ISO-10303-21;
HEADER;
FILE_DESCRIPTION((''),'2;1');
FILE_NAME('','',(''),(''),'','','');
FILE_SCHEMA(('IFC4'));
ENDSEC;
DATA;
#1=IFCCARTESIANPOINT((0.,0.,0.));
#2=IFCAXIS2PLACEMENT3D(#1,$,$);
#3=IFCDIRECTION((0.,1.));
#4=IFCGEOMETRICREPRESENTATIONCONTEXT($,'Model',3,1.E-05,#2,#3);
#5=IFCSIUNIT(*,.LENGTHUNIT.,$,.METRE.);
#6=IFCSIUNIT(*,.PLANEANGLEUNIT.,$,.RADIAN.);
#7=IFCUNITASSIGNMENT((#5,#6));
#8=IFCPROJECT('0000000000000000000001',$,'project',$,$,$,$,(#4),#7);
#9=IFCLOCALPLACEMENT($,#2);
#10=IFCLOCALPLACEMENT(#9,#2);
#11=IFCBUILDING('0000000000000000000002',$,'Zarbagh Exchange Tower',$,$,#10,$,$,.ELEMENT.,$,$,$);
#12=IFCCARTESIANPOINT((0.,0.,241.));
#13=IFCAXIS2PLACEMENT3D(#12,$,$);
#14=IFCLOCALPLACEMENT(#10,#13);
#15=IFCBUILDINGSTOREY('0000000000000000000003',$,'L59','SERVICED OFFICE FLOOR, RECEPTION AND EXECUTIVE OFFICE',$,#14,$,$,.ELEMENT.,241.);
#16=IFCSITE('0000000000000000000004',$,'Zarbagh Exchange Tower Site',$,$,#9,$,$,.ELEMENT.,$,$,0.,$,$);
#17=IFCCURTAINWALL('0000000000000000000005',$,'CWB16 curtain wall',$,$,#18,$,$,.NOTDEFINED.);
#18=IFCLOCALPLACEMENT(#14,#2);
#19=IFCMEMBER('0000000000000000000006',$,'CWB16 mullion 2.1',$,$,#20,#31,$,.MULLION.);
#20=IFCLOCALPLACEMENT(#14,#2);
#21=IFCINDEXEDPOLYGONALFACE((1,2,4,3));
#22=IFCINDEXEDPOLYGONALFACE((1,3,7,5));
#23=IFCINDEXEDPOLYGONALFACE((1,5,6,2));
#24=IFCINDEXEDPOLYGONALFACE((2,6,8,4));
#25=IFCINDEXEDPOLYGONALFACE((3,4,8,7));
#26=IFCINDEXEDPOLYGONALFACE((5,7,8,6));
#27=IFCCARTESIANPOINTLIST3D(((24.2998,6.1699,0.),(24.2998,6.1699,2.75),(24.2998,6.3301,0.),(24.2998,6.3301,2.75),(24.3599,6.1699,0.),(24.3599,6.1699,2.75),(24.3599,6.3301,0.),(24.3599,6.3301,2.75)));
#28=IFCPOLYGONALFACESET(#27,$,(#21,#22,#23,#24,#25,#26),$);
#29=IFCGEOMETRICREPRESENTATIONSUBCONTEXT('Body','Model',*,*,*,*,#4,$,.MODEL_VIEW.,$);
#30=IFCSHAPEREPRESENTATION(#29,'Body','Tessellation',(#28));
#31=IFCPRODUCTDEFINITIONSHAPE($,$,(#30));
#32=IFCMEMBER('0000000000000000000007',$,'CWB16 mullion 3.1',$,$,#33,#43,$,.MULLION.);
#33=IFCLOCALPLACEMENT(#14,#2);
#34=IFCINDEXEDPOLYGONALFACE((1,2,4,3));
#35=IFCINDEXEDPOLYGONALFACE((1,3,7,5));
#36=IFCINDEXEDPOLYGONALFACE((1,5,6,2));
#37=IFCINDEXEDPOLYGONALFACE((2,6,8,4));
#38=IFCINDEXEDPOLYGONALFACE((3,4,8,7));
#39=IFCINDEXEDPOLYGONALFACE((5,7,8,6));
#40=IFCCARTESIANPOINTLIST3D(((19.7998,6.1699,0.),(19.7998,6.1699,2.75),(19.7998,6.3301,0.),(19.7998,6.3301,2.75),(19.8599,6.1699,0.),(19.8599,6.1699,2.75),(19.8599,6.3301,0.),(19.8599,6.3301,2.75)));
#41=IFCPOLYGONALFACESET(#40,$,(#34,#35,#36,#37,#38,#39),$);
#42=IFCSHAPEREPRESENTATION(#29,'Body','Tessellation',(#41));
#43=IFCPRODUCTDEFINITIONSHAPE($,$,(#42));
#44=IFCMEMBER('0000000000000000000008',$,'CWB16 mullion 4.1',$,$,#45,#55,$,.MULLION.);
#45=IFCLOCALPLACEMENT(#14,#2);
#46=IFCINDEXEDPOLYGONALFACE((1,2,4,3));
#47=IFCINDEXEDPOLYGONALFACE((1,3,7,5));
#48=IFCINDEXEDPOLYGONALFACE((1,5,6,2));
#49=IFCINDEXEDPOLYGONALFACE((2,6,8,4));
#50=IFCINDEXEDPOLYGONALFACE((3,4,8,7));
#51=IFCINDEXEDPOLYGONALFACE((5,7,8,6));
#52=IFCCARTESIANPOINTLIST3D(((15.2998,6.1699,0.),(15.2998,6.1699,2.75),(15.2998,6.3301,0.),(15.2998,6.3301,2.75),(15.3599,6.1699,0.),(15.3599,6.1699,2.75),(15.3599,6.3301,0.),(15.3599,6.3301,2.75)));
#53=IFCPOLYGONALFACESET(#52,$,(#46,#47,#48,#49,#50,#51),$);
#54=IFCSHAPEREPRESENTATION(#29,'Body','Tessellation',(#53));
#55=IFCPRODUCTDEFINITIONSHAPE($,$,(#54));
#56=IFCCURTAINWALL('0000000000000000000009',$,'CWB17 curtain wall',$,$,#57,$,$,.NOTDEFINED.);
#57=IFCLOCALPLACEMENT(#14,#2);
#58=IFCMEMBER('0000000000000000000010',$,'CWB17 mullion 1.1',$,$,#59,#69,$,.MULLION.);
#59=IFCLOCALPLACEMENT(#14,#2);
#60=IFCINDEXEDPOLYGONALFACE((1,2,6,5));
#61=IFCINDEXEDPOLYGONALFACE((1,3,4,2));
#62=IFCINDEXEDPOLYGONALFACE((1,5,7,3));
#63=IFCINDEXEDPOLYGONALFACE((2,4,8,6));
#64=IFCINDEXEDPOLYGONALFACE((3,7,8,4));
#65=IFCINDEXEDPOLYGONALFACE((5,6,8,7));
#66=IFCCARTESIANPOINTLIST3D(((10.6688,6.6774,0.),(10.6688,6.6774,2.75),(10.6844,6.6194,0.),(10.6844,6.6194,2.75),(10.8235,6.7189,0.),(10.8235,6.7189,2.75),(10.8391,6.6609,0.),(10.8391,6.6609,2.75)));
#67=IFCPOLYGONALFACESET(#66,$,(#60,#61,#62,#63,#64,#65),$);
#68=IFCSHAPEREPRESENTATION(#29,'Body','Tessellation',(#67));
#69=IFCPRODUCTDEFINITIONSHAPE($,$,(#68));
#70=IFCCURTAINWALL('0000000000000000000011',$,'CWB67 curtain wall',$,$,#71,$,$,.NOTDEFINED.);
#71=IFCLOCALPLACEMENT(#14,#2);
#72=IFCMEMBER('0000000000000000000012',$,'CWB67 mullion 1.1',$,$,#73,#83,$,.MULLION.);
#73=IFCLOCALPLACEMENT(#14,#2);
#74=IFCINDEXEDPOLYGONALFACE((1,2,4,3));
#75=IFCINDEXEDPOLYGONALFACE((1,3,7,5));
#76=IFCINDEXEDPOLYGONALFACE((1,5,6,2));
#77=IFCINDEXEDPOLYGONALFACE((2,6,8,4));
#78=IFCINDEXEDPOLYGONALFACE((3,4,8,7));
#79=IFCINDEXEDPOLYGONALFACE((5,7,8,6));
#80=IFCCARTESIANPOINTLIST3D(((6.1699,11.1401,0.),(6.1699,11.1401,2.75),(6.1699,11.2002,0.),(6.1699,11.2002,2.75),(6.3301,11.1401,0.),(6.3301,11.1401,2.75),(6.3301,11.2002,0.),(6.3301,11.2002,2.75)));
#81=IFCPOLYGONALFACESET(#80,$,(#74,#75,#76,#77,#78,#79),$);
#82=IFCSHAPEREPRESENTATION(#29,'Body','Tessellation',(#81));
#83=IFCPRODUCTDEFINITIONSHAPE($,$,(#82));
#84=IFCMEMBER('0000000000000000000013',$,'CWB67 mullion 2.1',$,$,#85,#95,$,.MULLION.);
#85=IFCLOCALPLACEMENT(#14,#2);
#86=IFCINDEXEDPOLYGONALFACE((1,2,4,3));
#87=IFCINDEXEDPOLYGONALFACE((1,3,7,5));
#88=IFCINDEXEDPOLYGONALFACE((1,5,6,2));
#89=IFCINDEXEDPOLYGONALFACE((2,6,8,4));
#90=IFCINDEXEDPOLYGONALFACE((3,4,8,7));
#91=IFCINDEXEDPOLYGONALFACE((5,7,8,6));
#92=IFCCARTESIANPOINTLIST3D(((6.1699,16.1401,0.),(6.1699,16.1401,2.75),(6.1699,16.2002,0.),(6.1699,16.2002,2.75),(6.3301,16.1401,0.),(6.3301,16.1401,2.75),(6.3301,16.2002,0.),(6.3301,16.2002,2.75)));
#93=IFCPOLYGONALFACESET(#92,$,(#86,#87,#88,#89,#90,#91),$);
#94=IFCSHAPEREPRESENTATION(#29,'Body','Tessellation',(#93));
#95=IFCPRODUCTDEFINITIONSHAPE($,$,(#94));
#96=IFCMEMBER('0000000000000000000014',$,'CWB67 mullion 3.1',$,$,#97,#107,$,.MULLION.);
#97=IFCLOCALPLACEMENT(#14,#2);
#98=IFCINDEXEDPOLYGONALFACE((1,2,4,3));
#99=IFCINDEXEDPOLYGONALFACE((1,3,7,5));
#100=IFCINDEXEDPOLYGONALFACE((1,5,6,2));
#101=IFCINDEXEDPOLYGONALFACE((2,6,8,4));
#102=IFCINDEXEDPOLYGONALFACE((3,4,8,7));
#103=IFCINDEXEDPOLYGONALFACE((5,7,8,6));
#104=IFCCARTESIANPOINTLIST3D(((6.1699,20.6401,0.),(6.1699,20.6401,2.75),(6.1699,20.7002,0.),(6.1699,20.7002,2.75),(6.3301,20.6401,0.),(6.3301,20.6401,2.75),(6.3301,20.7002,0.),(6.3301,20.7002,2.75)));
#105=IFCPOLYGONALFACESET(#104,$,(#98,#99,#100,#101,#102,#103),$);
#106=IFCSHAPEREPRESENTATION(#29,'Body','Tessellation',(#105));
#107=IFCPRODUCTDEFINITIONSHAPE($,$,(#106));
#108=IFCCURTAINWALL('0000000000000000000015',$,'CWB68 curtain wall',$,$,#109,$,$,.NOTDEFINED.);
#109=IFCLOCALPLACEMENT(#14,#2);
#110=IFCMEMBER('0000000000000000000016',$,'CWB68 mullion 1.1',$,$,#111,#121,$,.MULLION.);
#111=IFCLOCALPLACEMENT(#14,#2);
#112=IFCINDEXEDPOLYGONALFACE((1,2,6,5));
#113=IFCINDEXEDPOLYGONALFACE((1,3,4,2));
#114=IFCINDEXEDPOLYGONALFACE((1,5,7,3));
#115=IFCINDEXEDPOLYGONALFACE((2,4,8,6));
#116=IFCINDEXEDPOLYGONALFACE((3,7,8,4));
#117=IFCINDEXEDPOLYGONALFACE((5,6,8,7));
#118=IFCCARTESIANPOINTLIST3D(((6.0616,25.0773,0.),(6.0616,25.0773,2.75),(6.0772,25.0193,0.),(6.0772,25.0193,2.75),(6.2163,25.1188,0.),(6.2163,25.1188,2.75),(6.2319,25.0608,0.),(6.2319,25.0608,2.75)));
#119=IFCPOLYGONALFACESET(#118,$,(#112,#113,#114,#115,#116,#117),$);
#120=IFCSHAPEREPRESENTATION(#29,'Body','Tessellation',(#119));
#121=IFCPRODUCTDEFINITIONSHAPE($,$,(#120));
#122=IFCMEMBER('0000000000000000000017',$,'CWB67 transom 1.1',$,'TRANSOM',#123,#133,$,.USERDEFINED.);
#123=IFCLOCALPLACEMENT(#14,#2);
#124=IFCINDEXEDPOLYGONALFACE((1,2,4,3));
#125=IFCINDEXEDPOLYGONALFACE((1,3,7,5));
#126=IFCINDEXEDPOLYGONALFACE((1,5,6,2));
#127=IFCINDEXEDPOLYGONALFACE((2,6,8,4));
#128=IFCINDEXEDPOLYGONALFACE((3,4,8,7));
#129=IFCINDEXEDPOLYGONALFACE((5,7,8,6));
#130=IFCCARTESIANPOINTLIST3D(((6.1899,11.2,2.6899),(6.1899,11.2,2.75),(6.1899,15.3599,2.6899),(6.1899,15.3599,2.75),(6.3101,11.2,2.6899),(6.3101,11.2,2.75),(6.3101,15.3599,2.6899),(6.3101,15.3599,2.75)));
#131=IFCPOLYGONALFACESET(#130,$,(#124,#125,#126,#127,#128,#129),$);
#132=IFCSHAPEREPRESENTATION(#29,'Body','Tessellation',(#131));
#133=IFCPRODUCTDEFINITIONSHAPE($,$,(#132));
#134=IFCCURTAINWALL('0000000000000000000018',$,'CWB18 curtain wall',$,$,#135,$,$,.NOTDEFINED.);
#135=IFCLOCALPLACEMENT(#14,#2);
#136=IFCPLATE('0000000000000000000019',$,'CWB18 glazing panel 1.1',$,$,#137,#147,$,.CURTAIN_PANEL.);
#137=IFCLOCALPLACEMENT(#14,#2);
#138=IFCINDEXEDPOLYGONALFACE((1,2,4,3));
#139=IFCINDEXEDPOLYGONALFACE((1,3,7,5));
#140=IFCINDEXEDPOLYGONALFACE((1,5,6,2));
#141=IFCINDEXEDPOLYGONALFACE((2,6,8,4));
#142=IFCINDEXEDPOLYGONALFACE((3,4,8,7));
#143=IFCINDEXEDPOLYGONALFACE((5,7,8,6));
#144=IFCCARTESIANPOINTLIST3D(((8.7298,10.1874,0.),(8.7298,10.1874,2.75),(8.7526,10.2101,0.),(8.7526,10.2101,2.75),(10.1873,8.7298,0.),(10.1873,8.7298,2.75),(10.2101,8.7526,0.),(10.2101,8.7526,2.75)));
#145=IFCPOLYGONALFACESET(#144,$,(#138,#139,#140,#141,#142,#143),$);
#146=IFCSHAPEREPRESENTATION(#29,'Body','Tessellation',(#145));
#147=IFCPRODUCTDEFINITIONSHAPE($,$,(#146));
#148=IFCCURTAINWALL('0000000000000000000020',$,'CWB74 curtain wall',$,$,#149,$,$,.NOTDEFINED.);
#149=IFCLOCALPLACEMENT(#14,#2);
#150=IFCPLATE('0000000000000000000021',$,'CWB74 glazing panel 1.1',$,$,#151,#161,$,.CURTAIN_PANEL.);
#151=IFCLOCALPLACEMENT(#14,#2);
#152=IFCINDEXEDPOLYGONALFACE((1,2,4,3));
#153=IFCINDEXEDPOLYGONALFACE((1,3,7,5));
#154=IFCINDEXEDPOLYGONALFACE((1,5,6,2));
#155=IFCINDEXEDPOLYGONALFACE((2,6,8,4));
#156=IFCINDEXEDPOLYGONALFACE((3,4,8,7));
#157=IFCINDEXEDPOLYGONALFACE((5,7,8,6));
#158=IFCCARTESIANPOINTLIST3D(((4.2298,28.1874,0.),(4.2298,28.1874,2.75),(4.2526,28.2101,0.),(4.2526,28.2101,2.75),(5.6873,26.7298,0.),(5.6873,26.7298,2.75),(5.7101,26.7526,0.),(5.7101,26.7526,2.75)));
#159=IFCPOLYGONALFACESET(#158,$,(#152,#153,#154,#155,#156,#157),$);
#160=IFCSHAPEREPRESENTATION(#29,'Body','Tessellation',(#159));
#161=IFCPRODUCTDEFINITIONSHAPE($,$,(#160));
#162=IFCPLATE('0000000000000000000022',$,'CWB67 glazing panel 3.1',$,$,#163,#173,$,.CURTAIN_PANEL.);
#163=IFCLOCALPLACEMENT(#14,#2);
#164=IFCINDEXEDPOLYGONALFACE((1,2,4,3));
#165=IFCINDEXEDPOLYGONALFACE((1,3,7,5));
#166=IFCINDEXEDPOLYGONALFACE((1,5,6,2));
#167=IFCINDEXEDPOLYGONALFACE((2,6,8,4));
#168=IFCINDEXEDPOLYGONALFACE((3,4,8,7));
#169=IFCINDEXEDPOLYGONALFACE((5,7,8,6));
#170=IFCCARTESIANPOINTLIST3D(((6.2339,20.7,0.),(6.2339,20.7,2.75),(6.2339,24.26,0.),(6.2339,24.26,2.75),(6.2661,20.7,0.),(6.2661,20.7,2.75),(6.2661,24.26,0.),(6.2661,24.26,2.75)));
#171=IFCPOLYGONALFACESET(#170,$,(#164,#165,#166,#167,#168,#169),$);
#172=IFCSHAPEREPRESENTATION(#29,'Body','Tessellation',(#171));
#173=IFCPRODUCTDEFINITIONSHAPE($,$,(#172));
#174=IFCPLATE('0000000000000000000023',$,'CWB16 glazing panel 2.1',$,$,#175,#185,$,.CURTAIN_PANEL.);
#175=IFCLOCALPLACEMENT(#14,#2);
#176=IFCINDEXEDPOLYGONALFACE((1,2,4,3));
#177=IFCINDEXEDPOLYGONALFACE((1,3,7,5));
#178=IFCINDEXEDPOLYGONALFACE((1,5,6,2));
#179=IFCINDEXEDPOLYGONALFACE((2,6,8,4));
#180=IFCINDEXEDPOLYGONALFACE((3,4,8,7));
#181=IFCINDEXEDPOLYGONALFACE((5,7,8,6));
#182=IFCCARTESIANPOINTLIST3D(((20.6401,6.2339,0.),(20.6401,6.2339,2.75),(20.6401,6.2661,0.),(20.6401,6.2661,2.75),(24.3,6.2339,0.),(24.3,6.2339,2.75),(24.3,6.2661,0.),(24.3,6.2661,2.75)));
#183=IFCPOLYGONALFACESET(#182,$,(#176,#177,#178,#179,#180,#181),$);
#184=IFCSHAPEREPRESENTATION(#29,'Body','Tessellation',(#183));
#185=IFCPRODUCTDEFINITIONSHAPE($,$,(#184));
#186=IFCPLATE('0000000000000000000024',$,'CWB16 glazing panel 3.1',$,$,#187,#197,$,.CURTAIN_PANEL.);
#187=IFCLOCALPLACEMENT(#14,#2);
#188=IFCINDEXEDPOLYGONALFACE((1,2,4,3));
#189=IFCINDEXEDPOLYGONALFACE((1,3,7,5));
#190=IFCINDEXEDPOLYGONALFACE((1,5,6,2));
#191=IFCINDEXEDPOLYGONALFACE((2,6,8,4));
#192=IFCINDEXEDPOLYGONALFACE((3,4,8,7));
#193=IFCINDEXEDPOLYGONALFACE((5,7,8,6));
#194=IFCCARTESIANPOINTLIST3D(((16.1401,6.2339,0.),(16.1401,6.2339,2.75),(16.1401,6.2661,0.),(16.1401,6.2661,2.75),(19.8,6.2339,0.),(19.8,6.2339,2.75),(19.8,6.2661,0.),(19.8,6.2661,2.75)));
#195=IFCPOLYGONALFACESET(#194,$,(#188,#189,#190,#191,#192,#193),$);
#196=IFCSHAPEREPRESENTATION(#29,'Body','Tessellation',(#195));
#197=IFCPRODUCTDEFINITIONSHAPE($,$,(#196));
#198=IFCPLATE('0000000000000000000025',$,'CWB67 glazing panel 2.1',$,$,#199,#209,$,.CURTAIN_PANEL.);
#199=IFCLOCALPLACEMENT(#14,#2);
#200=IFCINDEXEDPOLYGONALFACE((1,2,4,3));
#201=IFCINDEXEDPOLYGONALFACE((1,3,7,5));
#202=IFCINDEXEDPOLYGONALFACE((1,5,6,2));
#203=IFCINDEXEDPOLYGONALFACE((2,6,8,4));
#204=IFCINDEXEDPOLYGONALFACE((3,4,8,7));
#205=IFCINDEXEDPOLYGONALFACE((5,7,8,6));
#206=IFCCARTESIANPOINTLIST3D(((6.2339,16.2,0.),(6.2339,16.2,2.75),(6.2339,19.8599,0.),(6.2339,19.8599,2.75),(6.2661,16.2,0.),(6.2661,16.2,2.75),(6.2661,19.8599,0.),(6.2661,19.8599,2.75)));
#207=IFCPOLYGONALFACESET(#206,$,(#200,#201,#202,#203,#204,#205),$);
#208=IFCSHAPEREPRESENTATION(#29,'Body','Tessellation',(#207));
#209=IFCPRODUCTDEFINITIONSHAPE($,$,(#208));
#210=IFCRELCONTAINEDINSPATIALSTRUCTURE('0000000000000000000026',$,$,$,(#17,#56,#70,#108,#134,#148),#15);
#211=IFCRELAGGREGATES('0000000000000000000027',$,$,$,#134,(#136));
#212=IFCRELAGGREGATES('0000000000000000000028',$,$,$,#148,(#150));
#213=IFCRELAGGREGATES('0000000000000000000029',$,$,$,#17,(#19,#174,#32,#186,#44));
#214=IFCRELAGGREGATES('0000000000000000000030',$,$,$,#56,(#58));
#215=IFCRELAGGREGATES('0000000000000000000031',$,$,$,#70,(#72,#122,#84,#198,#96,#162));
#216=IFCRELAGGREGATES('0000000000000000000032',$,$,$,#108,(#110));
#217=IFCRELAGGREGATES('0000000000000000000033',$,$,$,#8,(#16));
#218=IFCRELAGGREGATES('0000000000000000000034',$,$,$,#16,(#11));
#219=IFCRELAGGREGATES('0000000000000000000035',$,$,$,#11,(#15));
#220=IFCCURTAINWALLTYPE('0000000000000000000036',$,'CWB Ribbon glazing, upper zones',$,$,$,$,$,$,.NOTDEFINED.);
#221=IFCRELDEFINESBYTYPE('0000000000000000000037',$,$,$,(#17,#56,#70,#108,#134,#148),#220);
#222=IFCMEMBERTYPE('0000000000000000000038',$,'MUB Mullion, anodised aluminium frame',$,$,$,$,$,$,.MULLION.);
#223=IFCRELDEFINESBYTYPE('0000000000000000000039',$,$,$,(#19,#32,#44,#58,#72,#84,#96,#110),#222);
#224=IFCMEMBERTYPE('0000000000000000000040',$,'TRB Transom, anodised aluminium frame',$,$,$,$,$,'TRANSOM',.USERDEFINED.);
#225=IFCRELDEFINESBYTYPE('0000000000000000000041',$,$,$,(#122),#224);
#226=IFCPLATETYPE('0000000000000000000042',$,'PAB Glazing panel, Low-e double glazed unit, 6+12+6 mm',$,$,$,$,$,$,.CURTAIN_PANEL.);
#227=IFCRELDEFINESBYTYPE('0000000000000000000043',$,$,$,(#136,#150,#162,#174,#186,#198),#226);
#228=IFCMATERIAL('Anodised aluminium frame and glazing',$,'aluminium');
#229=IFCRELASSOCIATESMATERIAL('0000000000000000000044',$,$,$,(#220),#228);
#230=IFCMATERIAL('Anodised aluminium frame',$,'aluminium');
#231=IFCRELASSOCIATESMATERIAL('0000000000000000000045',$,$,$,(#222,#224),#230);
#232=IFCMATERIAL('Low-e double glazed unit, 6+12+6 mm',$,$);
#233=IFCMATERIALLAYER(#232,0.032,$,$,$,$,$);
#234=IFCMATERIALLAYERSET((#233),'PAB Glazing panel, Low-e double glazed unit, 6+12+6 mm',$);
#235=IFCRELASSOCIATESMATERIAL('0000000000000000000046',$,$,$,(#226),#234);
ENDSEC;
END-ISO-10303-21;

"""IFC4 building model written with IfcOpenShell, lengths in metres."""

from ifc_helpers import new_model, si_unit, direction, frame, origin, place, context, subcontext, project, spatial, polyline, outline, extrude, source, transform, mapped, material, layer, layer_set, type_object, element, aggregate, save


model = new_model("IFC4")

# Units and contexts
model_context = context("Model", 3, precision=1e-05, world=origin(), true_north=direction((0.0, 1.0)))
body_context = subcontext(model_context, "Body", "Model", "MODEL_VIEW")
ifc_project = project(units=[si_unit("LENGTHUNIT", "METRE"), si_unit("PLANEANGLEUNIT", "RADIAN")], contexts=[model_context])

# Site, building, storey
site_placement = place(None, origin())
site = spatial("IfcSite", under=ifc_project, at=site_placement, Name="Zarbagh Exchange Tower Site", CompositionType="ELEMENT", RefElevation=0.0)
building_placement = place(site_placement, origin())
building = spatial("IfcBuilding", under=site, at=building_placement, Name="Zarbagh Exchange Tower", CompositionType="ELEMENT")
storey_placement = place(building_placement, frame((0.0, 0.0, 241.0)))
storey = spatial("IfcBuildingStorey", under=building, at=storey_placement, Name="L59", Description="SERVICED OFFICE FLOOR, RECEPTION AND EXECUTIVE OFFICE", CompositionType="ELEMENT", Elevation=241.0)

# Curtain wall, members
ifc_material_1 = material(Name="Anodised aluminium frame and glazing", Category="aluminium")
curtain_wall_type = type_object("IfcCurtainWallType", Name="CWB Ribbon glazing, upper zones", PredefinedType="NOTDEFINED", material=ifc_material_1)
curtain_wall_1_placement = place(storey_placement, origin())
curtain_wall_1 = element("IfcCurtainWall", 1, at=curtain_wall_1_placement, inside=storey, type_object=curtain_wall_type, Name="CWB16 curtain wall", PredefinedType="NOTDEFINED")
ifc_material_2 = material(Name="Anodised aluminium frame", Category="aluminium")
member_type_1 = type_object("IfcMemberType", Name="MUB Mullion, anodised aluminium frame", PredefinedType="MULLION", material=ifc_material_2)
shared_shape_1 = source(origin(), body_context, "Body", "SweptSolid", [
    extrude(outline(polyline([(0.0, -0.0801), (0.0601, -0.0801), (0.0601, 0.0801), (0.0, 0.0801), (0.0, -0.0801)])), origin(), (0.0, 0.0, 1.0), 2.75),
])
placement = place(storey_placement, origin())
member_1 = element("IfcMember", 2, at=placement, type_object=member_type_1, Name="CWB16 mullion 2.1", PredefinedType="MULLION", context=body_context, shape_type="MappedRepresentation", body=[
    mapped(shared_shape_1, transform((24.3599, 6.25, 0.0), x_axis=(-1.0, 0.0, 0.0), y_axis=(0.0, -1.0, 0.0), z_axis=(0.0, 0.0, 1.0))),
])
member_2 = element("IfcMember", 3, at=placement, type_object=member_type_1, Name="CWB16 mullion 3.1", PredefinedType="MULLION", context=body_context, shape_type="MappedRepresentation", body=[
    mapped(shared_shape_1, transform((19.8599, 6.25, 0.0), x_axis=(-1.0, 0.0, 0.0), y_axis=(0.0, -1.0, 0.0), z_axis=(0.0, 0.0, 1.0))),
])
member_3 = element("IfcMember", 4, at=placement, type_object=member_type_1, Name="CWB16 mullion 4.1", PredefinedType="MULLION", context=body_context, shape_type="MappedRepresentation", body=[
    mapped(shared_shape_1, transform((15.3599, 6.25, 0.0), x_axis=(-1.0, 0.0, 0.0), y_axis=(0.0, -1.0, 0.0), z_axis=(0.0, 0.0, 1.0))),
])

# Curtain wall, member
curtain_wall_2_placement = place(storey_placement, origin())
curtain_wall_2 = element("IfcCurtainWall", 5, at=curtain_wall_2_placement, inside=storey, type_object=curtain_wall_type, Name="CWB17 curtain wall", PredefinedType="NOTDEFINED")
member_4 = element("IfcMember", 6, at=placement, type_object=member_type_1, Name="CWB17 mullion 1.1", PredefinedType="MULLION", context=body_context, shape_type="MappedRepresentation", body=[
    mapped(shared_shape_1, transform((10.7617, 6.6401, 0.0), x_axis=(-0.258825, 0.965924, 0.0), y_axis=(-0.965924, -0.258825, 0.0), z_axis=(0.0, 0.0, 1.0))),
])

# Curtain wall, members
curtain_wall_3_placement = place(storey_placement, origin())
curtain_wall_3 = element("IfcCurtainWall", 7, at=curtain_wall_3_placement, inside=storey, type_object=curtain_wall_type, Name="CWB67 curtain wall", PredefinedType="NOTDEFINED")
member_5 = element("IfcMember", 8, at=placement, type_object=member_type_1, Name="CWB67 mullion 1.1", PredefinedType="MULLION", context=body_context, shape_type="MappedRepresentation", body=[
    mapped(shared_shape_1, transform((6.25, 11.1401, 0.0), x_axis=(0.0, 1.0, 0.0), y_axis=(-1.0, 0.0, 0.0), z_axis=(0.0, 0.0, 1.0))),
])
member_6 = element("IfcMember", 9, at=placement, type_object=member_type_1, Name="CWB67 mullion 2.1", PredefinedType="MULLION", context=body_context, shape_type="MappedRepresentation", body=[
    mapped(shared_shape_1, transform((6.25, 16.1401, 0.0), x_axis=(0.0, 1.0, 0.0), y_axis=(-1.0, 0.0, 0.0), z_axis=(0.0, 0.0, 1.0))),
])
member_7 = element("IfcMember", 10, at=placement, type_object=member_type_1, Name="CWB67 mullion 3.1", PredefinedType="MULLION", context=body_context, shape_type="MappedRepresentation", body=[
    mapped(shared_shape_1, transform((6.25, 20.6401, 0.0), x_axis=(0.0, 1.0, 0.0), y_axis=(-1.0, 0.0, 0.0), z_axis=(0.0, 0.0, 1.0))),
])

# Curtain wall, member
curtain_wall_4_placement = place(storey_placement, origin())
curtain_wall_4 = element("IfcCurtainWall", 11, at=curtain_wall_4_placement, inside=storey, type_object=curtain_wall_type, Name="CWB68 curtain wall", PredefinedType="NOTDEFINED")
member_8 = element("IfcMember", 12, at=placement, type_object=member_type_1, Name="CWB68 mullion 1.1", PredefinedType="MULLION", context=body_context, shape_type="MappedRepresentation", body=[
    mapped(shared_shape_1, transform((6.1545, 25.04, 0.0), x_axis=(-0.258825, 0.965924, 0.0), y_axis=(-0.965924, -0.258825, 0.0), z_axis=(0.0, 0.0, 1.0))),
])

# Member
member_type_2 = type_object("IfcMemberType", Name="TRB Transom, anodised aluminium frame", ElementType="TRANSOM", PredefinedType="USERDEFINED", material=ifc_material_2)
shared_shape_2 = source(origin(), body_context, "Body", "SweptSolid", [
    extrude(outline(polyline([(-0.0601, -0.0601), (0.0, -0.0601), (0.0, 0.0601), (-0.0601, 0.0601), (-0.0601, -0.0601)])), origin(), (0.0, 0.0, 1.0), 4.1599),
])
member_9 = element("IfcMember", 13, at=placement, type_object=member_type_2, Name="CWB67 transom 1.1", ObjectType="TRANSOM", PredefinedType="USERDEFINED", context=body_context, shape_type="MappedRepresentation", body=[
    mapped(shared_shape_2, transform((6.25, 11.2, 2.75), x_axis=(0.0, 0.0, 1.0), y_axis=(1.0, 0.0, 0.0), z_axis=(0.0, 1.0, 0.0))),
])

# Curtain walls, plates
curtain_wall_5_placement = place(storey_placement, origin())
curtain_wall_5 = element("IfcCurtainWall", 14, at=curtain_wall_5_placement, inside=storey, type_object=curtain_wall_type, Name="CWB18 curtain wall", PredefinedType="NOTDEFINED")
ifc_material_3 = material(Name="Low-e double glazed unit, 6+12+6 mm")
ifc_layer = layer(ifc_material_3, 0.032)
ifc_layer_set = layer_set([ifc_layer], Name="PAB Glazing panel, Low-e double glazed unit, 6+12+6 mm")
plate_type = type_object("IfcPlateType", Name="PAB Glazing panel, Low-e double glazed unit, 6+12+6 mm", PredefinedType="CURTAIN_PANEL", material=ifc_layer_set)
shared_shape_3 = source(origin(), body_context, "Body", "SweptSolid", [
    extrude(outline(polyline([(0.0, -0.0161), (2.0613, -0.0161), (2.0613, 0.0161), (0.0, 0.0161), (0.0, -0.0161)])), origin(), (0.0, 0.0, 1.0), 2.75),
])
plate_1 = element("IfcPlate", 15, at=placement, type_object=plate_type, Name="CWB18 glazing panel 1.1", PredefinedType="CURTAIN_PANEL", context=body_context, shape_type="MappedRepresentation", body=[
    mapped(shared_shape_3, transform((10.1987, 8.7412, 0.0), x_axis=(-0.707107, 0.707107, 0.0), y_axis=(-0.707107, -0.707107, 0.0), z_axis=(0.0, 0.0, 1.0))),
])
aggregate(curtain_wall_5, [plate_1])
curtain_wall_6_placement = place(storey_placement, origin())
curtain_wall_6 = element("IfcCurtainWall", 16, at=curtain_wall_6_placement, inside=storey, type_object=curtain_wall_type, Name="CWB74 curtain wall", PredefinedType="NOTDEFINED")
plate_2 = element("IfcPlate", 17, at=placement, type_object=plate_type, Name="CWB74 glazing panel 1.1", PredefinedType="CURTAIN_PANEL", context=body_context, shape_type="MappedRepresentation", body=[
    mapped(shared_shape_3, transform((5.6987, 26.7412, 0.0), x_axis=(-0.707107, 0.707107, 0.0), y_axis=(-0.707107, -0.707107, 0.0), z_axis=(0.0, 0.0, 1.0))),
])
aggregate(curtain_wall_6, [plate_2])

# Plates
shared_shape_4 = source(origin(), body_context, "Body", "SweptSolid", [
    extrude(outline(polyline([(0.0, -0.0161), (3.5601, -0.0161), (3.5601, 0.0161), (0.0, 0.0161), (0.0, -0.0161)])), origin(), (0.0, 0.0, 1.0), 2.75),
])
plate_3 = element("IfcPlate", 18, at=placement, type_object=plate_type, Name="CWB67 glazing panel 3.1", PredefinedType="CURTAIN_PANEL", context=body_context, shape_type="MappedRepresentation", body=[
    mapped(shared_shape_4, transform((6.25, 20.7, 0.0), x_axis=(0.0, 1.0, 0.0), y_axis=(-1.0, 0.0, 0.0), z_axis=(0.0, 0.0, 1.0))),
])
shared_shape_5 = source(origin(), body_context, "Body", "SweptSolid", [
    extrude(outline(polyline([(0.0, -0.0161), (3.6599, -0.0161), (3.6599, 0.0161), (0.0, 0.0161), (0.0, -0.0161)])), origin(), (0.0, 0.0, 1.0), 2.75),
])
plate_4 = element("IfcPlate", 19, at=placement, type_object=plate_type, Name="CWB16 glazing panel 2.1", PredefinedType="CURTAIN_PANEL", context=body_context, shape_type="MappedRepresentation", body=[
    mapped(shared_shape_5, transform((24.3, 6.25, 0.0), x_axis=(-1.0, 0.0, 0.0), y_axis=(0.0, -1.0, 0.0), z_axis=(0.0, 0.0, 1.0))),
])
plate_5 = element("IfcPlate", 20, at=placement, type_object=plate_type, Name="CWB16 glazing panel 3.1", PredefinedType="CURTAIN_PANEL", context=body_context, shape_type="MappedRepresentation", body=[
    mapped(shared_shape_5, transform((19.8, 6.25, 0.0), x_axis=(-1.0, 0.0, 0.0), y_axis=(0.0, -1.0, 0.0), z_axis=(0.0, 0.0, 1.0))),
])
plate_6 = element("IfcPlate", 21, at=placement, type_object=plate_type, Name="CWB67 glazing panel 2.1", PredefinedType="CURTAIN_PANEL", context=body_context, shape_type="MappedRepresentation", body=[
    mapped(shared_shape_5, transform((6.25, 16.2, 0.0), x_axis=(0.0, 1.0, 0.0), y_axis=(-1.0, 0.0, 0.0), z_axis=(0.0, 0.0, 1.0))),
])
aggregate(curtain_wall_1, [member_1, plate_4, member_2, plate_5, member_3])
aggregate(curtain_wall_2, [member_4])

aggregate(curtain_wall_3, [member_5, member_9, member_6, plate_6, member_7, plate_3])
aggregate(curtain_wall_4, [member_8])

save(model, "model.ifc")
